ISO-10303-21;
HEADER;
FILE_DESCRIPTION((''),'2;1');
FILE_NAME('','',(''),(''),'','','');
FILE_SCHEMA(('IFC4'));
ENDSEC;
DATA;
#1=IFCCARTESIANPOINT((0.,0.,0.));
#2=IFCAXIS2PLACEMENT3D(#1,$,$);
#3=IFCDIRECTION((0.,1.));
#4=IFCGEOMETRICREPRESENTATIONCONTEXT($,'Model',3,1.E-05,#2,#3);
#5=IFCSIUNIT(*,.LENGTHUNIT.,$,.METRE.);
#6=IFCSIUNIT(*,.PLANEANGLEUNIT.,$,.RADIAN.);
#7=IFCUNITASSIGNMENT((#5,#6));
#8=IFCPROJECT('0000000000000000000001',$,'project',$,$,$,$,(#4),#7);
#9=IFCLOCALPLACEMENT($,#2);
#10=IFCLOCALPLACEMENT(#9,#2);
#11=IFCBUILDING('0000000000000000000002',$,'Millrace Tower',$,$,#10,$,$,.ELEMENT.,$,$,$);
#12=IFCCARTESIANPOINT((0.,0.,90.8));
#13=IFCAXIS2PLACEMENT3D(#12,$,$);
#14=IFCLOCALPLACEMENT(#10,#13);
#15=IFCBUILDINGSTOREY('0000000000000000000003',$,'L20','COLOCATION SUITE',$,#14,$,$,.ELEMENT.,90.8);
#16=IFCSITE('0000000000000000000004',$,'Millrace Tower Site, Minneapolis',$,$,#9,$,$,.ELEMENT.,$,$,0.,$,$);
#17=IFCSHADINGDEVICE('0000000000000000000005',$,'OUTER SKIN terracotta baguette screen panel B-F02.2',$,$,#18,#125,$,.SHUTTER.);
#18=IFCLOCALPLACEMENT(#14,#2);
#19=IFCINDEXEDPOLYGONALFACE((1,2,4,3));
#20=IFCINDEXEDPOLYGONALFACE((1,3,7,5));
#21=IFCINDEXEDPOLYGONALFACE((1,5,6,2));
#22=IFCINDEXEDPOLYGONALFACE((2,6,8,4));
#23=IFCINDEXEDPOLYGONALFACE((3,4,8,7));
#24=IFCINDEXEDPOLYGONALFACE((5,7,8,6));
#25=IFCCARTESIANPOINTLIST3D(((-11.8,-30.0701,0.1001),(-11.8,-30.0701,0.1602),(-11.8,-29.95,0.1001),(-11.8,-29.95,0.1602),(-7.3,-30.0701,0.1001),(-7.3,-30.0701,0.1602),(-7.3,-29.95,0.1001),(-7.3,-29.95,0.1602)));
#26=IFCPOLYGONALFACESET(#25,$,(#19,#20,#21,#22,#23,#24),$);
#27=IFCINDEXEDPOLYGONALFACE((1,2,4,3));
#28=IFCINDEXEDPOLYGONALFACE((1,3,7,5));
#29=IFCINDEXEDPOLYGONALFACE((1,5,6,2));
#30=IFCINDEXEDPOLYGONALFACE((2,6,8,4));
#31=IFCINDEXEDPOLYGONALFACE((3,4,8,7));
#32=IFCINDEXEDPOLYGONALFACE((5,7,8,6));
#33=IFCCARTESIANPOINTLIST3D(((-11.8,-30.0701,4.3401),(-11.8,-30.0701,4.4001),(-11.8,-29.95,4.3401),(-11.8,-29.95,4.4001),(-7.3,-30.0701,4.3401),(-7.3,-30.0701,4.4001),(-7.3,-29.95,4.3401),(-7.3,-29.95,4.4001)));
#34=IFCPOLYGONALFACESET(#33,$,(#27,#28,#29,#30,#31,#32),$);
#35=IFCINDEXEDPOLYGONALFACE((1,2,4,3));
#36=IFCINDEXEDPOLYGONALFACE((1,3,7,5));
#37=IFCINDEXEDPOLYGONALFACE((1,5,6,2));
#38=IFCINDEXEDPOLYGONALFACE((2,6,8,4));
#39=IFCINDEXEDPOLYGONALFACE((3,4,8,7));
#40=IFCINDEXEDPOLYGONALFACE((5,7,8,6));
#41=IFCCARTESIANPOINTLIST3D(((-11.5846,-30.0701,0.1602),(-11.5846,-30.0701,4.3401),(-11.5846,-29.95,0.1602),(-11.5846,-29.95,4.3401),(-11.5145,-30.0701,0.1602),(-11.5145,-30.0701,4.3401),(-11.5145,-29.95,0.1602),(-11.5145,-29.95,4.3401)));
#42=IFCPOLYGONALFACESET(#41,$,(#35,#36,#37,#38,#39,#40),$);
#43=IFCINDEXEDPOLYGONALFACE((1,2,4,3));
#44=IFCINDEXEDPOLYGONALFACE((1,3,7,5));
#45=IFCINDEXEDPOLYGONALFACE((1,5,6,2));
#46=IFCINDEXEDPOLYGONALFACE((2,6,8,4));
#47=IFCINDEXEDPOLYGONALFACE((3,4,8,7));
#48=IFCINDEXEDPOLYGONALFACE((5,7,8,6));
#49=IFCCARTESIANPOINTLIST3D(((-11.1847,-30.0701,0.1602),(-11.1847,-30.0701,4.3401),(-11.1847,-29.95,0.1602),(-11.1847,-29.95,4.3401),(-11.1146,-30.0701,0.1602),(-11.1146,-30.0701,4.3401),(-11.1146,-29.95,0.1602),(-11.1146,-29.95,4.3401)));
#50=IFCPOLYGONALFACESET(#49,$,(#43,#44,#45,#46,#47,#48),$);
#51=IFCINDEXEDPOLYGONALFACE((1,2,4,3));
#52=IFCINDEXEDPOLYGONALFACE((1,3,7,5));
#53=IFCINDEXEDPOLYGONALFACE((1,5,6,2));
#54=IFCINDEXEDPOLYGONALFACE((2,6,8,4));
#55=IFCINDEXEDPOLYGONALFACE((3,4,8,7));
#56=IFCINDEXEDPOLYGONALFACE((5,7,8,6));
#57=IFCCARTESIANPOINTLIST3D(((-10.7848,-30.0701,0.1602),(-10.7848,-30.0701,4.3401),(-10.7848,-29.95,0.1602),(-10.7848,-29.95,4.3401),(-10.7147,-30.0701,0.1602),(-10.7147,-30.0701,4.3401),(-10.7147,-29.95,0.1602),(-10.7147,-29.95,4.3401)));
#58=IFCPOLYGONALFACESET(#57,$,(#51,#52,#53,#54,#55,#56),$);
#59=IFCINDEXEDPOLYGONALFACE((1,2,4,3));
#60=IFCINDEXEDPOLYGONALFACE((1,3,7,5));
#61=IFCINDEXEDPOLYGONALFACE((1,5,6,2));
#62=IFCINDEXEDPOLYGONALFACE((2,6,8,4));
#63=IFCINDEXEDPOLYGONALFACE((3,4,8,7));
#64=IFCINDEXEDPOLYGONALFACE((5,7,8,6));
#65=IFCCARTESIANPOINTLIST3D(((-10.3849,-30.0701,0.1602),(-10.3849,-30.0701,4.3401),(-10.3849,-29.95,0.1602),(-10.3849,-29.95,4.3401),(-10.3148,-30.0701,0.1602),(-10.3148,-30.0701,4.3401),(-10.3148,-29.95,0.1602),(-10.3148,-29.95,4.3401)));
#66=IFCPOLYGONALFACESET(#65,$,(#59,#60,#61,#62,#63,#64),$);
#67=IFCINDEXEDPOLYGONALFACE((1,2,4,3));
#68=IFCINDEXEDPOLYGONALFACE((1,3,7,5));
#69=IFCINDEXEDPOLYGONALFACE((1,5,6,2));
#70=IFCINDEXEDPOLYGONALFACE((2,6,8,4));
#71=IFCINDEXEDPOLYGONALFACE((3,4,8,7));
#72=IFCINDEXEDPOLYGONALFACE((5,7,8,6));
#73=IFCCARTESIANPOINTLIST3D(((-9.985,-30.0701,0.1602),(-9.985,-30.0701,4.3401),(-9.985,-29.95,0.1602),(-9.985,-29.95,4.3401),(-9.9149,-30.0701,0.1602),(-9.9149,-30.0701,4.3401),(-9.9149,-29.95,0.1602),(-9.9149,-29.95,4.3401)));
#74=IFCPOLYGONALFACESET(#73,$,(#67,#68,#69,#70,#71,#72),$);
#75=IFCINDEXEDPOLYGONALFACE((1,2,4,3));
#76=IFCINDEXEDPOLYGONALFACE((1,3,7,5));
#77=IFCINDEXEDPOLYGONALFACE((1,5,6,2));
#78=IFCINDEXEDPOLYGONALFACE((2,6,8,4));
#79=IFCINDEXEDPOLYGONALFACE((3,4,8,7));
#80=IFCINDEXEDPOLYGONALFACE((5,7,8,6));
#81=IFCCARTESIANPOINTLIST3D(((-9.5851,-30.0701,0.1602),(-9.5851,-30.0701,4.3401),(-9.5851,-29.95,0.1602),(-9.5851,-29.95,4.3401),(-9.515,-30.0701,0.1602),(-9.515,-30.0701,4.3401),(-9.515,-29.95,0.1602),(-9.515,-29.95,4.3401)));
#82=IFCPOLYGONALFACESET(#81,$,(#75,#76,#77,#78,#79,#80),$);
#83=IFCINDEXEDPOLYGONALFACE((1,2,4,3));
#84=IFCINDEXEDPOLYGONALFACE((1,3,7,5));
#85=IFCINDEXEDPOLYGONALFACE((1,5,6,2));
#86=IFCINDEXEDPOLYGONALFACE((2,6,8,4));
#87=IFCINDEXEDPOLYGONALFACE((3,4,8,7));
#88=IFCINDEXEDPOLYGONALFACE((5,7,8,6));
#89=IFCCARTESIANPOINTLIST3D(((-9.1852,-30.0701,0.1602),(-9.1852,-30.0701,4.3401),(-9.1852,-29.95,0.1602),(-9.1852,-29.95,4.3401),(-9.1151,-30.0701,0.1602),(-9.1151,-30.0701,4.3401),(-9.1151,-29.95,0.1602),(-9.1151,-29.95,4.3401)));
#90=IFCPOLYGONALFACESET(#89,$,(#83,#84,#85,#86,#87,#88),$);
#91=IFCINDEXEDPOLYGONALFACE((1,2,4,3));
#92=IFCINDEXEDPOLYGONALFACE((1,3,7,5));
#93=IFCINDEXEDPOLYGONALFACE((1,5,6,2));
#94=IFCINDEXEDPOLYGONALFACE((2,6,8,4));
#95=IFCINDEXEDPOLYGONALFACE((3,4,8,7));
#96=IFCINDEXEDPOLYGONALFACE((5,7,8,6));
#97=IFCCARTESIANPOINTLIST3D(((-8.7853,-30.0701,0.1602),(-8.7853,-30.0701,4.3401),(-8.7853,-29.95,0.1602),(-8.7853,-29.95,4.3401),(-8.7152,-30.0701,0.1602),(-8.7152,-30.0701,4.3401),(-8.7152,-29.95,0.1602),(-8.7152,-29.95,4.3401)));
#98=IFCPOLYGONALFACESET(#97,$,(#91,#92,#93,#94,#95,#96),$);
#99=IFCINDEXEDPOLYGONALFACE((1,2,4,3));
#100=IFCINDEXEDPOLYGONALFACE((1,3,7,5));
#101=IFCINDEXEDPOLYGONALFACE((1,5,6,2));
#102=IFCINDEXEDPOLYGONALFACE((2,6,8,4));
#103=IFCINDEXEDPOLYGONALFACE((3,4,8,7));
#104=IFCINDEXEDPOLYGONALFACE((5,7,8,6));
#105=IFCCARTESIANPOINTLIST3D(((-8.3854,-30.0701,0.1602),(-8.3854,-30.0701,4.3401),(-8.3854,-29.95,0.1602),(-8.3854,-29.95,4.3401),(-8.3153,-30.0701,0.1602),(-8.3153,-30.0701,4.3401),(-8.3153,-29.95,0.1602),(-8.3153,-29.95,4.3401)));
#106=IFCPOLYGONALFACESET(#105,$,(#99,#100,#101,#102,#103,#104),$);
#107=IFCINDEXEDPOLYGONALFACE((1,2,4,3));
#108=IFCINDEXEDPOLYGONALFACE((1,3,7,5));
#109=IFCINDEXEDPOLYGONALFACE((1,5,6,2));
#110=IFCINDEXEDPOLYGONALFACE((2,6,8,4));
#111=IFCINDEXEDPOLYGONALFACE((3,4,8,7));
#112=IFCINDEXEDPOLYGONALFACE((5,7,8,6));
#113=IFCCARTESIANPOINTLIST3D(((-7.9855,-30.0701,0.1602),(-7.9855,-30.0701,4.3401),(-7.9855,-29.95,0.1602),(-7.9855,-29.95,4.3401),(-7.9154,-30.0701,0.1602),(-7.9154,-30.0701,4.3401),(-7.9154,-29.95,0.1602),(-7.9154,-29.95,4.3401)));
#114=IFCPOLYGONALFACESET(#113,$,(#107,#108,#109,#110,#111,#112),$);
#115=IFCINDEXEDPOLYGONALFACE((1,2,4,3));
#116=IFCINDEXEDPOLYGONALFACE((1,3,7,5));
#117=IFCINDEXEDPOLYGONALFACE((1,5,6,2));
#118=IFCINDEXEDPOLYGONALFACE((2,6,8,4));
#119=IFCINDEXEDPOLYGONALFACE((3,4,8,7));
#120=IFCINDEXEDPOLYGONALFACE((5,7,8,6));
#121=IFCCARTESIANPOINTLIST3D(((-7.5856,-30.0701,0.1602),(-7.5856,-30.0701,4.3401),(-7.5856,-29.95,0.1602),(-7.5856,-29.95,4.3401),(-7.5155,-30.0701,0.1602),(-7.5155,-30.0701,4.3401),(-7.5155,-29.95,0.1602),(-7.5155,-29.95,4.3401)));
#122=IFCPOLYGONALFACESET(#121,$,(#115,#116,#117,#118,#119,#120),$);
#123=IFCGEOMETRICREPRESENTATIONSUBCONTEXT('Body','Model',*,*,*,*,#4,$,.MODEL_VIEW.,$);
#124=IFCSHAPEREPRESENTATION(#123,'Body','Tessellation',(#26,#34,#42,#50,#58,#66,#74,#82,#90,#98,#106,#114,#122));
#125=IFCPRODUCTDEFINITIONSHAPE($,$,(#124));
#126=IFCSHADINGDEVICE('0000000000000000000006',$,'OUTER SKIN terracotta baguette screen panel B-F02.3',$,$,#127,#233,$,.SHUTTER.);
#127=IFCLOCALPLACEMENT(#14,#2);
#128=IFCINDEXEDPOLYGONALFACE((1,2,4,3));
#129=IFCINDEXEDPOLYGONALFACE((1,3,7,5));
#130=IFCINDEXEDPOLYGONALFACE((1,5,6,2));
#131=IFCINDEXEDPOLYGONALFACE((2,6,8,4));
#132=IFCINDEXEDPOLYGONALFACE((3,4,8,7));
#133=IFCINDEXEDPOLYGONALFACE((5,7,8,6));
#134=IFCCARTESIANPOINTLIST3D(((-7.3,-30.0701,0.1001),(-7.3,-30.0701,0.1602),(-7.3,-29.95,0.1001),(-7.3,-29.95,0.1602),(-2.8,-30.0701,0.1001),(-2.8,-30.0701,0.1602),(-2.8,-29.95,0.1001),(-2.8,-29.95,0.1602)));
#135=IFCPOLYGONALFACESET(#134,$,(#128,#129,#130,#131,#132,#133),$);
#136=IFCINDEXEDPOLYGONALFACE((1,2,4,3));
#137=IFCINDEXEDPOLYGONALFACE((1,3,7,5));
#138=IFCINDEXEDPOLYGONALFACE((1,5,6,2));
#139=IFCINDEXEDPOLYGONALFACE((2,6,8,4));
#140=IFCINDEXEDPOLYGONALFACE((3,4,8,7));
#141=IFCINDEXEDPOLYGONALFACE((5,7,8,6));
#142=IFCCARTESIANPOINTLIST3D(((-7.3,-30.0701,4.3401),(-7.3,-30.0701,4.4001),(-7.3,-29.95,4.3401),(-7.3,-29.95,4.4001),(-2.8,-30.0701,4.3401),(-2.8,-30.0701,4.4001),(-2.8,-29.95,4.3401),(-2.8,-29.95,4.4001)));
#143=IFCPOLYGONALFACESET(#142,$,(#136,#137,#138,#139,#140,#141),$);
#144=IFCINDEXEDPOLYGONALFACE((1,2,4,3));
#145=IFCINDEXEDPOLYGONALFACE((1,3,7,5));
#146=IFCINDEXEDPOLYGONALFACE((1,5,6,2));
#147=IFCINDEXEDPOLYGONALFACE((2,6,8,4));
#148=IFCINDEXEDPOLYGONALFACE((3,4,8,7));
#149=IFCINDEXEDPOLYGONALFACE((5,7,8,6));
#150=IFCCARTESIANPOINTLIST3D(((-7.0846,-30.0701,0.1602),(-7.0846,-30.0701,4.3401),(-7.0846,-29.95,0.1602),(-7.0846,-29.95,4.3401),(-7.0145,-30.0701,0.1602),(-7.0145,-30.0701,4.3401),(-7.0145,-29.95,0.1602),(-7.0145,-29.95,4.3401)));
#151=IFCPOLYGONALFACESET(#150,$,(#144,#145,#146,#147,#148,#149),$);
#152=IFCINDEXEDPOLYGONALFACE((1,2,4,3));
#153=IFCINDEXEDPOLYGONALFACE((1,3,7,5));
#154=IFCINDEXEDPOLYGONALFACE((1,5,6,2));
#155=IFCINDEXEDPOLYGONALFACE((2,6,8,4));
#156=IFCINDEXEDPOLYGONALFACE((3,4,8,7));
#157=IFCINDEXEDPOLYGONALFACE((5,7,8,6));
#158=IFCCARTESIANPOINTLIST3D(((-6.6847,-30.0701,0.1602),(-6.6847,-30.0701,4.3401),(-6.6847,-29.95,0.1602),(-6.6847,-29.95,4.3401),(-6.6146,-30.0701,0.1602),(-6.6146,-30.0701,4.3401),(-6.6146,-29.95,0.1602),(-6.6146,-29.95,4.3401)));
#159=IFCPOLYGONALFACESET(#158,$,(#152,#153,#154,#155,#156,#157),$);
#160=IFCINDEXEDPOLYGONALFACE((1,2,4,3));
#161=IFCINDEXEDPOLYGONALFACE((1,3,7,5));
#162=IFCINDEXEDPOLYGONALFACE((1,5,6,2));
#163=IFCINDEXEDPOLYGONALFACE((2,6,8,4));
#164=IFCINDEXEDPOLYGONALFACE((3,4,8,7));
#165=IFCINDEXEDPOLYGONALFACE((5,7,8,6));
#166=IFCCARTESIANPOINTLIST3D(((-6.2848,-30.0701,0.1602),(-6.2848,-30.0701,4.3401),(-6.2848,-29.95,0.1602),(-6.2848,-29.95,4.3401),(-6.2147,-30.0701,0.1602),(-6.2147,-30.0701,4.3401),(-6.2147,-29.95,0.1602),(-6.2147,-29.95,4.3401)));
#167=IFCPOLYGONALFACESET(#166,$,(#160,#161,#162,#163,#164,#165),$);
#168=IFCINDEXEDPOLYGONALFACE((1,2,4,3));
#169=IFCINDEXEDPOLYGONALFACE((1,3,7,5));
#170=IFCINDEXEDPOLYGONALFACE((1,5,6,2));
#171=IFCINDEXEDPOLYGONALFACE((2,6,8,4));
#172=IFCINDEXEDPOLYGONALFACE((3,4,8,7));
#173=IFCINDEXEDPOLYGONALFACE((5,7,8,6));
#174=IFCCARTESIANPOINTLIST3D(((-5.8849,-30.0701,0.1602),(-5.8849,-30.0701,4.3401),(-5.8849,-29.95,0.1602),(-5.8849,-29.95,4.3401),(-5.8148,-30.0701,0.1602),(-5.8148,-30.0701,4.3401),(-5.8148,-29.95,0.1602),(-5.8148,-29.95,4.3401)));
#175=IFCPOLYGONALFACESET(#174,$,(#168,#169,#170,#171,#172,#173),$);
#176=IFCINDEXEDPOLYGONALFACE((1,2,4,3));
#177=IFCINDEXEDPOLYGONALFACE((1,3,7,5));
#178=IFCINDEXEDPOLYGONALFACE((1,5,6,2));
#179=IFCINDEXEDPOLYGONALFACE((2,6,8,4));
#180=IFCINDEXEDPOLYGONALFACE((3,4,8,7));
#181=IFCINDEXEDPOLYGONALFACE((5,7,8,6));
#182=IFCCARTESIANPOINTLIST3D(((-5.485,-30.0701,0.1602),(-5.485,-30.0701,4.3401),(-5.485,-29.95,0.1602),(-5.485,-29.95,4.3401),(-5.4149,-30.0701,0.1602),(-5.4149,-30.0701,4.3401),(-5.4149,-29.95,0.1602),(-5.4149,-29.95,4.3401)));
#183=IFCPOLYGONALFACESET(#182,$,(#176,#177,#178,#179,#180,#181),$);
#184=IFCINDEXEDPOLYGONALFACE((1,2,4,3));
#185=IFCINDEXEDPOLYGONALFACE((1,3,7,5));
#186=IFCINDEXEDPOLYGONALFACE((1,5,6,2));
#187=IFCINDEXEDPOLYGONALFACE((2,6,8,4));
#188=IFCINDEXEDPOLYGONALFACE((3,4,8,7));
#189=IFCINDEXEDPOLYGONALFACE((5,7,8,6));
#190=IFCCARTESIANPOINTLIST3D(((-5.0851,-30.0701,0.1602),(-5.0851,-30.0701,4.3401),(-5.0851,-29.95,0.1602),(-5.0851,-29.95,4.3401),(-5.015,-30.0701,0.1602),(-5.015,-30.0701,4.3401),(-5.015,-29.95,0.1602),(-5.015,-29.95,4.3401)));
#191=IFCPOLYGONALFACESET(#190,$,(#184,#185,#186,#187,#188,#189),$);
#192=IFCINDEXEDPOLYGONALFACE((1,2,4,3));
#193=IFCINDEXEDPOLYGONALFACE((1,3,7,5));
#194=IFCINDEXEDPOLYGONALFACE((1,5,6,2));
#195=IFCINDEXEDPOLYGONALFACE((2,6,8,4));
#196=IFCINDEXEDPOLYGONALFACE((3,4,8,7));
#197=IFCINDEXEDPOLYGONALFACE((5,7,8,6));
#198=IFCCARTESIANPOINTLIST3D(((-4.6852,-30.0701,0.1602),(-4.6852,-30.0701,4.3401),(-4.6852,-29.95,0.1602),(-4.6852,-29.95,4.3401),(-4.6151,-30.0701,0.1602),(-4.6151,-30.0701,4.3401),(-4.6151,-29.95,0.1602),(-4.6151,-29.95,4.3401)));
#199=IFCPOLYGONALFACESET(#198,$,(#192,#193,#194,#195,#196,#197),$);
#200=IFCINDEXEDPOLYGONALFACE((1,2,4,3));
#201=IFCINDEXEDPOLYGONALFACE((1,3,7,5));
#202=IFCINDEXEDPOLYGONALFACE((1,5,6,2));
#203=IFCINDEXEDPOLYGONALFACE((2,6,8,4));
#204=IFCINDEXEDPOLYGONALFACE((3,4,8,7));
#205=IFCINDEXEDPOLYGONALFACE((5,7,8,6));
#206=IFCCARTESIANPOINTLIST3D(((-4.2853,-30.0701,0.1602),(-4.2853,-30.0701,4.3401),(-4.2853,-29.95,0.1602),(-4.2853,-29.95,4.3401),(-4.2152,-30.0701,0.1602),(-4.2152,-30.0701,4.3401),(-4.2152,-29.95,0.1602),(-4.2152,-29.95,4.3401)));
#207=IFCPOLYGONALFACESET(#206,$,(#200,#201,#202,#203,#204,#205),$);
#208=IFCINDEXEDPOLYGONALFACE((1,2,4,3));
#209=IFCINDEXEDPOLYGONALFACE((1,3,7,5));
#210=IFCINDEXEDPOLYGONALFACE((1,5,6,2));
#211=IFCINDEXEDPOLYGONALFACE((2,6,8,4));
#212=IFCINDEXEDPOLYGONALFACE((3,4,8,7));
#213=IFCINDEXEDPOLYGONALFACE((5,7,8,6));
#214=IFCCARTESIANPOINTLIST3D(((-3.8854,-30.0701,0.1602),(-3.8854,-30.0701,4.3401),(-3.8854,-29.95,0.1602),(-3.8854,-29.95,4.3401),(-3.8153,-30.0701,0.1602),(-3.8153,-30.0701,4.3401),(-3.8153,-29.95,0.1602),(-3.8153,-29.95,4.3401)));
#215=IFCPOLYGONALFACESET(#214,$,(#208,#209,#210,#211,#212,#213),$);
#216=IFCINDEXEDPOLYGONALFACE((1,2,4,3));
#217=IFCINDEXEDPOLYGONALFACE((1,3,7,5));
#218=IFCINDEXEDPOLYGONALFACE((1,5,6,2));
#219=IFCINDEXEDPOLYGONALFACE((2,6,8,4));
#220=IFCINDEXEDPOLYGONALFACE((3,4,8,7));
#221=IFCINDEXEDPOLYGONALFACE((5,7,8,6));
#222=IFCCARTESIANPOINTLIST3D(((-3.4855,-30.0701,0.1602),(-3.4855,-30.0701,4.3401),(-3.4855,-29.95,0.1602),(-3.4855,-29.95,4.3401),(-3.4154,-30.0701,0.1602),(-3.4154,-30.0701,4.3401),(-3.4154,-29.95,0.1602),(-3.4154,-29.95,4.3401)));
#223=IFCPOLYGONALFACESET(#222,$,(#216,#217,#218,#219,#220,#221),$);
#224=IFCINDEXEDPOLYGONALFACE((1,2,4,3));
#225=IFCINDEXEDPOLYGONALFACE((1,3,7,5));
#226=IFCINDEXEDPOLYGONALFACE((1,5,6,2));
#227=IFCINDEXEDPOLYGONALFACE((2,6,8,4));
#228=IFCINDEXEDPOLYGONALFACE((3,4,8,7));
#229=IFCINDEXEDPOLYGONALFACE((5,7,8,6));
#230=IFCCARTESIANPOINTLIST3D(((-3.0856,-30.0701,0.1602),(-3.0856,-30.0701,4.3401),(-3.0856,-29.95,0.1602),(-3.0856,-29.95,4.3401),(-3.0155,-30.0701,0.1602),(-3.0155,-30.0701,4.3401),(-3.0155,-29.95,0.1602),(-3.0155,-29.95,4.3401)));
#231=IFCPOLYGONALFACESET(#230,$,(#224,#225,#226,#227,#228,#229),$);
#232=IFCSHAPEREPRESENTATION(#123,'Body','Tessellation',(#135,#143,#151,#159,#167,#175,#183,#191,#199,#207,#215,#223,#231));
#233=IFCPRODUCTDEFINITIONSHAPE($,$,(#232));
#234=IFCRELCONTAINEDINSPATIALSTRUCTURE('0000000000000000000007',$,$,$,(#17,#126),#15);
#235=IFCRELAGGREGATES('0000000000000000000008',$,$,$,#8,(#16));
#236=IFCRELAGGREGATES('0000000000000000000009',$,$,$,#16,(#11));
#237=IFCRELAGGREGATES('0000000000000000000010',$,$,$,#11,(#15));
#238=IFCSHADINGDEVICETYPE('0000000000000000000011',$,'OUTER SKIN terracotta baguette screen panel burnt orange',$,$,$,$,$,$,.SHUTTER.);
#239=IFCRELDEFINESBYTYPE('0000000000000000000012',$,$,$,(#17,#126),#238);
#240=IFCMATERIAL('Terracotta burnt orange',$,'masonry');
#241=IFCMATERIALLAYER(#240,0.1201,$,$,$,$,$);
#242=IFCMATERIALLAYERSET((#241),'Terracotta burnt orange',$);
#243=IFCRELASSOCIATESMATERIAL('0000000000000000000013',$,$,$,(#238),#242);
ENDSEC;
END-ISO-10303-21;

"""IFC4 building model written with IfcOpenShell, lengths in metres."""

from ifc_helpers import new_model, entity, si_unit, direction, frame, frame_2d, origin, origin_2d, place, context, subcontext, project, spatial, rectangle, extrude, source, transform, mapped, material, layer, layer_set, type_object, element, save


model = new_model("IFC4")

# Units and contexts
model_context = context("Model", 3, precision=1e-05, world=origin(), true_north=direction((0.0, 1.0)))
body_context = subcontext(model_context, "Body", "Model", "MODEL_VIEW")
ifc_project = project(units=[si_unit("LENGTHUNIT", "METRE"), si_unit("PLANEANGLEUNIT", "RADIAN")], contexts=[model_context])

# Site, building, storey
site_placement = place(None, origin())
site = spatial("IfcSite", under=ifc_project, at=site_placement, Name="Millrace Tower Site, Minneapolis", CompositionType="ELEMENT", RefElevation=0.0)
building_placement = place(site_placement, origin())
building = spatial("IfcBuilding", under=site, at=building_placement, Name="Millrace Tower", CompositionType="ELEMENT")
storey_placement = place(building_placement, frame((0.0, 0.0, 90.8)))
storey = spatial("IfcBuildingStorey", under=building, at=storey_placement, Name="L20", Description="COLOCATION SUITE", CompositionType="ELEMENT", Elevation=90.8)

# Shading devices
ifc_material_1 = material(Name="Terracotta burnt orange", Category="masonry")
ifc_layer_1 = layer(ifc_material_1, 0.1201)
ifc_layer_set_1 = layer_set([ifc_layer_1], Name="Terracotta burnt orange")
shading_device_type = type_object("IfcShadingDeviceType", Name="OUTER SKIN terracotta baguette screen panel burnt orange", PredefinedType="SHUTTER", material=ifc_layer_set_1)
cartesian_point_1 = entity("IfcCartesianPoint", [-2.25, 0.0601])
shared_polyline_1 = entity("IfcPolyline", [cartesian_point_1, entity("IfcCartesianPoint", [2.25, 0.0601]), entity("IfcCartesianPoint", [2.25, -0.0601]), entity("IfcCartesianPoint", [-2.25, -0.0601]), cartesian_point_1])
shared_shape_1 = source(origin(), body_context, "Body", "SweptSolid", [
    entity("IfcExtrudedAreaSolid", entity("IfcArbitraryClosedProfileDef", "AREA", None, shared_polyline_1), entity("IfcAxis2Placement3D", entity("IfcCartesianPoint", [0.0, 0.0, 0.0])), entity("IfcDirection", [0.0, 0.0, 1.0]), 0.0601),
    entity("IfcExtrudedAreaSolid", entity("IfcArbitraryClosedProfileDef", "AREA", None, shared_polyline_1), entity("IfcAxis2Placement3D", entity("IfcCartesianPoint", [0.0, 0.0, 4.24])), entity("IfcDirection", [0.0, 0.0, 1.0]), 0.0601),
    extrude(rectangle(XDim=0.0701, YDim=0.1201, at=frame_2d((-1.9995, 0.0))), frame((0.0, 0.0, 0.0601)), (0.0, 0.0, 1.0), 4.1799),
    extrude(rectangle(XDim=0.0701, YDim=0.1201, at=frame_2d((-1.5996, 0.0))), frame((0.0, 0.0, 0.0601)), (0.0, 0.0, 1.0), 4.1799),
    extrude(rectangle(XDim=0.0701, YDim=0.1201, at=frame_2d((-1.1997, 0.0))), frame((0.0, 0.0, 0.0601)), (0.0, 0.0, 1.0), 4.1799),
    extrude(rectangle(XDim=0.0701, YDim=0.1201, at=frame_2d((-0.7998, 0.0))), frame((0.0, 0.0, 0.0601)), (0.0, 0.0, 1.0), 4.1799),
    extrude(rectangle(XDim=0.0701, YDim=0.1201, at=frame_2d((-0.3999, 0.0))), frame((0.0, 0.0, 0.0601)), (0.0, 0.0, 1.0), 4.1799),
    extrude(rectangle(XDim=0.0701, YDim=0.1201, at=origin_2d()), frame((0.0, 0.0, 0.0601)), (0.0, 0.0, 1.0), 4.1799),
    extrude(rectangle(XDim=0.0701, YDim=0.1201, at=frame_2d((0.3999, 0.0))), frame((0.0, 0.0, 0.0601)), (0.0, 0.0, 1.0), 4.1799),
    extrude(rectangle(XDim=0.0701, YDim=0.1201, at=frame_2d((0.7998, 0.0))), frame((0.0, 0.0, 0.0601)), (0.0, 0.0, 1.0), 4.1799),
    extrude(rectangle(XDim=0.0701, YDim=0.1201, at=frame_2d((1.1997, 0.0))), frame((0.0, 0.0, 0.0601)), (0.0, 0.0, 1.0), 4.1799),
    extrude(rectangle(XDim=0.0701, YDim=0.1201, at=frame_2d((1.5996, 0.0))), frame((0.0, 0.0, 0.0601)), (0.0, 0.0, 1.0), 4.1799),
    extrude(rectangle(XDim=0.0701, YDim=0.1201, at=frame_2d((1.9995, 0.0))), frame((0.0, 0.0, 0.0601)), (0.0, 0.0, 1.0), 4.1799),
])
for number, where, z_axis, x_axis, name in (
    (1, (-9.55, -30.01, 0.1001), (0.0, 0.0, 1.0), (1.0, 0.0, 0.0), "OUTER SKIN terracotta baguette screen panel B-F02.2"),
    (2, (-5.05, -30.01, 0.1001), (0.0, 0.0, 1.0), (1.0, 0.0, 0.0), "OUTER SKIN terracotta baguette screen panel B-F02.3"),
):
    element("IfcShadingDevice", number, at=place(storey_placement, frame(where, z_axis=z_axis, x_axis=x_axis)), inside=storey, type_object=shading_device_type, Name=name, PredefinedType="SHUTTER", context=body_context, shape_type="MappedRepresentation", body=[
        mapped(shared_shape_1, transform((0.0, 0.0, 0.0), scale=1.0)),
    ])

save(model, "model.ifc")
